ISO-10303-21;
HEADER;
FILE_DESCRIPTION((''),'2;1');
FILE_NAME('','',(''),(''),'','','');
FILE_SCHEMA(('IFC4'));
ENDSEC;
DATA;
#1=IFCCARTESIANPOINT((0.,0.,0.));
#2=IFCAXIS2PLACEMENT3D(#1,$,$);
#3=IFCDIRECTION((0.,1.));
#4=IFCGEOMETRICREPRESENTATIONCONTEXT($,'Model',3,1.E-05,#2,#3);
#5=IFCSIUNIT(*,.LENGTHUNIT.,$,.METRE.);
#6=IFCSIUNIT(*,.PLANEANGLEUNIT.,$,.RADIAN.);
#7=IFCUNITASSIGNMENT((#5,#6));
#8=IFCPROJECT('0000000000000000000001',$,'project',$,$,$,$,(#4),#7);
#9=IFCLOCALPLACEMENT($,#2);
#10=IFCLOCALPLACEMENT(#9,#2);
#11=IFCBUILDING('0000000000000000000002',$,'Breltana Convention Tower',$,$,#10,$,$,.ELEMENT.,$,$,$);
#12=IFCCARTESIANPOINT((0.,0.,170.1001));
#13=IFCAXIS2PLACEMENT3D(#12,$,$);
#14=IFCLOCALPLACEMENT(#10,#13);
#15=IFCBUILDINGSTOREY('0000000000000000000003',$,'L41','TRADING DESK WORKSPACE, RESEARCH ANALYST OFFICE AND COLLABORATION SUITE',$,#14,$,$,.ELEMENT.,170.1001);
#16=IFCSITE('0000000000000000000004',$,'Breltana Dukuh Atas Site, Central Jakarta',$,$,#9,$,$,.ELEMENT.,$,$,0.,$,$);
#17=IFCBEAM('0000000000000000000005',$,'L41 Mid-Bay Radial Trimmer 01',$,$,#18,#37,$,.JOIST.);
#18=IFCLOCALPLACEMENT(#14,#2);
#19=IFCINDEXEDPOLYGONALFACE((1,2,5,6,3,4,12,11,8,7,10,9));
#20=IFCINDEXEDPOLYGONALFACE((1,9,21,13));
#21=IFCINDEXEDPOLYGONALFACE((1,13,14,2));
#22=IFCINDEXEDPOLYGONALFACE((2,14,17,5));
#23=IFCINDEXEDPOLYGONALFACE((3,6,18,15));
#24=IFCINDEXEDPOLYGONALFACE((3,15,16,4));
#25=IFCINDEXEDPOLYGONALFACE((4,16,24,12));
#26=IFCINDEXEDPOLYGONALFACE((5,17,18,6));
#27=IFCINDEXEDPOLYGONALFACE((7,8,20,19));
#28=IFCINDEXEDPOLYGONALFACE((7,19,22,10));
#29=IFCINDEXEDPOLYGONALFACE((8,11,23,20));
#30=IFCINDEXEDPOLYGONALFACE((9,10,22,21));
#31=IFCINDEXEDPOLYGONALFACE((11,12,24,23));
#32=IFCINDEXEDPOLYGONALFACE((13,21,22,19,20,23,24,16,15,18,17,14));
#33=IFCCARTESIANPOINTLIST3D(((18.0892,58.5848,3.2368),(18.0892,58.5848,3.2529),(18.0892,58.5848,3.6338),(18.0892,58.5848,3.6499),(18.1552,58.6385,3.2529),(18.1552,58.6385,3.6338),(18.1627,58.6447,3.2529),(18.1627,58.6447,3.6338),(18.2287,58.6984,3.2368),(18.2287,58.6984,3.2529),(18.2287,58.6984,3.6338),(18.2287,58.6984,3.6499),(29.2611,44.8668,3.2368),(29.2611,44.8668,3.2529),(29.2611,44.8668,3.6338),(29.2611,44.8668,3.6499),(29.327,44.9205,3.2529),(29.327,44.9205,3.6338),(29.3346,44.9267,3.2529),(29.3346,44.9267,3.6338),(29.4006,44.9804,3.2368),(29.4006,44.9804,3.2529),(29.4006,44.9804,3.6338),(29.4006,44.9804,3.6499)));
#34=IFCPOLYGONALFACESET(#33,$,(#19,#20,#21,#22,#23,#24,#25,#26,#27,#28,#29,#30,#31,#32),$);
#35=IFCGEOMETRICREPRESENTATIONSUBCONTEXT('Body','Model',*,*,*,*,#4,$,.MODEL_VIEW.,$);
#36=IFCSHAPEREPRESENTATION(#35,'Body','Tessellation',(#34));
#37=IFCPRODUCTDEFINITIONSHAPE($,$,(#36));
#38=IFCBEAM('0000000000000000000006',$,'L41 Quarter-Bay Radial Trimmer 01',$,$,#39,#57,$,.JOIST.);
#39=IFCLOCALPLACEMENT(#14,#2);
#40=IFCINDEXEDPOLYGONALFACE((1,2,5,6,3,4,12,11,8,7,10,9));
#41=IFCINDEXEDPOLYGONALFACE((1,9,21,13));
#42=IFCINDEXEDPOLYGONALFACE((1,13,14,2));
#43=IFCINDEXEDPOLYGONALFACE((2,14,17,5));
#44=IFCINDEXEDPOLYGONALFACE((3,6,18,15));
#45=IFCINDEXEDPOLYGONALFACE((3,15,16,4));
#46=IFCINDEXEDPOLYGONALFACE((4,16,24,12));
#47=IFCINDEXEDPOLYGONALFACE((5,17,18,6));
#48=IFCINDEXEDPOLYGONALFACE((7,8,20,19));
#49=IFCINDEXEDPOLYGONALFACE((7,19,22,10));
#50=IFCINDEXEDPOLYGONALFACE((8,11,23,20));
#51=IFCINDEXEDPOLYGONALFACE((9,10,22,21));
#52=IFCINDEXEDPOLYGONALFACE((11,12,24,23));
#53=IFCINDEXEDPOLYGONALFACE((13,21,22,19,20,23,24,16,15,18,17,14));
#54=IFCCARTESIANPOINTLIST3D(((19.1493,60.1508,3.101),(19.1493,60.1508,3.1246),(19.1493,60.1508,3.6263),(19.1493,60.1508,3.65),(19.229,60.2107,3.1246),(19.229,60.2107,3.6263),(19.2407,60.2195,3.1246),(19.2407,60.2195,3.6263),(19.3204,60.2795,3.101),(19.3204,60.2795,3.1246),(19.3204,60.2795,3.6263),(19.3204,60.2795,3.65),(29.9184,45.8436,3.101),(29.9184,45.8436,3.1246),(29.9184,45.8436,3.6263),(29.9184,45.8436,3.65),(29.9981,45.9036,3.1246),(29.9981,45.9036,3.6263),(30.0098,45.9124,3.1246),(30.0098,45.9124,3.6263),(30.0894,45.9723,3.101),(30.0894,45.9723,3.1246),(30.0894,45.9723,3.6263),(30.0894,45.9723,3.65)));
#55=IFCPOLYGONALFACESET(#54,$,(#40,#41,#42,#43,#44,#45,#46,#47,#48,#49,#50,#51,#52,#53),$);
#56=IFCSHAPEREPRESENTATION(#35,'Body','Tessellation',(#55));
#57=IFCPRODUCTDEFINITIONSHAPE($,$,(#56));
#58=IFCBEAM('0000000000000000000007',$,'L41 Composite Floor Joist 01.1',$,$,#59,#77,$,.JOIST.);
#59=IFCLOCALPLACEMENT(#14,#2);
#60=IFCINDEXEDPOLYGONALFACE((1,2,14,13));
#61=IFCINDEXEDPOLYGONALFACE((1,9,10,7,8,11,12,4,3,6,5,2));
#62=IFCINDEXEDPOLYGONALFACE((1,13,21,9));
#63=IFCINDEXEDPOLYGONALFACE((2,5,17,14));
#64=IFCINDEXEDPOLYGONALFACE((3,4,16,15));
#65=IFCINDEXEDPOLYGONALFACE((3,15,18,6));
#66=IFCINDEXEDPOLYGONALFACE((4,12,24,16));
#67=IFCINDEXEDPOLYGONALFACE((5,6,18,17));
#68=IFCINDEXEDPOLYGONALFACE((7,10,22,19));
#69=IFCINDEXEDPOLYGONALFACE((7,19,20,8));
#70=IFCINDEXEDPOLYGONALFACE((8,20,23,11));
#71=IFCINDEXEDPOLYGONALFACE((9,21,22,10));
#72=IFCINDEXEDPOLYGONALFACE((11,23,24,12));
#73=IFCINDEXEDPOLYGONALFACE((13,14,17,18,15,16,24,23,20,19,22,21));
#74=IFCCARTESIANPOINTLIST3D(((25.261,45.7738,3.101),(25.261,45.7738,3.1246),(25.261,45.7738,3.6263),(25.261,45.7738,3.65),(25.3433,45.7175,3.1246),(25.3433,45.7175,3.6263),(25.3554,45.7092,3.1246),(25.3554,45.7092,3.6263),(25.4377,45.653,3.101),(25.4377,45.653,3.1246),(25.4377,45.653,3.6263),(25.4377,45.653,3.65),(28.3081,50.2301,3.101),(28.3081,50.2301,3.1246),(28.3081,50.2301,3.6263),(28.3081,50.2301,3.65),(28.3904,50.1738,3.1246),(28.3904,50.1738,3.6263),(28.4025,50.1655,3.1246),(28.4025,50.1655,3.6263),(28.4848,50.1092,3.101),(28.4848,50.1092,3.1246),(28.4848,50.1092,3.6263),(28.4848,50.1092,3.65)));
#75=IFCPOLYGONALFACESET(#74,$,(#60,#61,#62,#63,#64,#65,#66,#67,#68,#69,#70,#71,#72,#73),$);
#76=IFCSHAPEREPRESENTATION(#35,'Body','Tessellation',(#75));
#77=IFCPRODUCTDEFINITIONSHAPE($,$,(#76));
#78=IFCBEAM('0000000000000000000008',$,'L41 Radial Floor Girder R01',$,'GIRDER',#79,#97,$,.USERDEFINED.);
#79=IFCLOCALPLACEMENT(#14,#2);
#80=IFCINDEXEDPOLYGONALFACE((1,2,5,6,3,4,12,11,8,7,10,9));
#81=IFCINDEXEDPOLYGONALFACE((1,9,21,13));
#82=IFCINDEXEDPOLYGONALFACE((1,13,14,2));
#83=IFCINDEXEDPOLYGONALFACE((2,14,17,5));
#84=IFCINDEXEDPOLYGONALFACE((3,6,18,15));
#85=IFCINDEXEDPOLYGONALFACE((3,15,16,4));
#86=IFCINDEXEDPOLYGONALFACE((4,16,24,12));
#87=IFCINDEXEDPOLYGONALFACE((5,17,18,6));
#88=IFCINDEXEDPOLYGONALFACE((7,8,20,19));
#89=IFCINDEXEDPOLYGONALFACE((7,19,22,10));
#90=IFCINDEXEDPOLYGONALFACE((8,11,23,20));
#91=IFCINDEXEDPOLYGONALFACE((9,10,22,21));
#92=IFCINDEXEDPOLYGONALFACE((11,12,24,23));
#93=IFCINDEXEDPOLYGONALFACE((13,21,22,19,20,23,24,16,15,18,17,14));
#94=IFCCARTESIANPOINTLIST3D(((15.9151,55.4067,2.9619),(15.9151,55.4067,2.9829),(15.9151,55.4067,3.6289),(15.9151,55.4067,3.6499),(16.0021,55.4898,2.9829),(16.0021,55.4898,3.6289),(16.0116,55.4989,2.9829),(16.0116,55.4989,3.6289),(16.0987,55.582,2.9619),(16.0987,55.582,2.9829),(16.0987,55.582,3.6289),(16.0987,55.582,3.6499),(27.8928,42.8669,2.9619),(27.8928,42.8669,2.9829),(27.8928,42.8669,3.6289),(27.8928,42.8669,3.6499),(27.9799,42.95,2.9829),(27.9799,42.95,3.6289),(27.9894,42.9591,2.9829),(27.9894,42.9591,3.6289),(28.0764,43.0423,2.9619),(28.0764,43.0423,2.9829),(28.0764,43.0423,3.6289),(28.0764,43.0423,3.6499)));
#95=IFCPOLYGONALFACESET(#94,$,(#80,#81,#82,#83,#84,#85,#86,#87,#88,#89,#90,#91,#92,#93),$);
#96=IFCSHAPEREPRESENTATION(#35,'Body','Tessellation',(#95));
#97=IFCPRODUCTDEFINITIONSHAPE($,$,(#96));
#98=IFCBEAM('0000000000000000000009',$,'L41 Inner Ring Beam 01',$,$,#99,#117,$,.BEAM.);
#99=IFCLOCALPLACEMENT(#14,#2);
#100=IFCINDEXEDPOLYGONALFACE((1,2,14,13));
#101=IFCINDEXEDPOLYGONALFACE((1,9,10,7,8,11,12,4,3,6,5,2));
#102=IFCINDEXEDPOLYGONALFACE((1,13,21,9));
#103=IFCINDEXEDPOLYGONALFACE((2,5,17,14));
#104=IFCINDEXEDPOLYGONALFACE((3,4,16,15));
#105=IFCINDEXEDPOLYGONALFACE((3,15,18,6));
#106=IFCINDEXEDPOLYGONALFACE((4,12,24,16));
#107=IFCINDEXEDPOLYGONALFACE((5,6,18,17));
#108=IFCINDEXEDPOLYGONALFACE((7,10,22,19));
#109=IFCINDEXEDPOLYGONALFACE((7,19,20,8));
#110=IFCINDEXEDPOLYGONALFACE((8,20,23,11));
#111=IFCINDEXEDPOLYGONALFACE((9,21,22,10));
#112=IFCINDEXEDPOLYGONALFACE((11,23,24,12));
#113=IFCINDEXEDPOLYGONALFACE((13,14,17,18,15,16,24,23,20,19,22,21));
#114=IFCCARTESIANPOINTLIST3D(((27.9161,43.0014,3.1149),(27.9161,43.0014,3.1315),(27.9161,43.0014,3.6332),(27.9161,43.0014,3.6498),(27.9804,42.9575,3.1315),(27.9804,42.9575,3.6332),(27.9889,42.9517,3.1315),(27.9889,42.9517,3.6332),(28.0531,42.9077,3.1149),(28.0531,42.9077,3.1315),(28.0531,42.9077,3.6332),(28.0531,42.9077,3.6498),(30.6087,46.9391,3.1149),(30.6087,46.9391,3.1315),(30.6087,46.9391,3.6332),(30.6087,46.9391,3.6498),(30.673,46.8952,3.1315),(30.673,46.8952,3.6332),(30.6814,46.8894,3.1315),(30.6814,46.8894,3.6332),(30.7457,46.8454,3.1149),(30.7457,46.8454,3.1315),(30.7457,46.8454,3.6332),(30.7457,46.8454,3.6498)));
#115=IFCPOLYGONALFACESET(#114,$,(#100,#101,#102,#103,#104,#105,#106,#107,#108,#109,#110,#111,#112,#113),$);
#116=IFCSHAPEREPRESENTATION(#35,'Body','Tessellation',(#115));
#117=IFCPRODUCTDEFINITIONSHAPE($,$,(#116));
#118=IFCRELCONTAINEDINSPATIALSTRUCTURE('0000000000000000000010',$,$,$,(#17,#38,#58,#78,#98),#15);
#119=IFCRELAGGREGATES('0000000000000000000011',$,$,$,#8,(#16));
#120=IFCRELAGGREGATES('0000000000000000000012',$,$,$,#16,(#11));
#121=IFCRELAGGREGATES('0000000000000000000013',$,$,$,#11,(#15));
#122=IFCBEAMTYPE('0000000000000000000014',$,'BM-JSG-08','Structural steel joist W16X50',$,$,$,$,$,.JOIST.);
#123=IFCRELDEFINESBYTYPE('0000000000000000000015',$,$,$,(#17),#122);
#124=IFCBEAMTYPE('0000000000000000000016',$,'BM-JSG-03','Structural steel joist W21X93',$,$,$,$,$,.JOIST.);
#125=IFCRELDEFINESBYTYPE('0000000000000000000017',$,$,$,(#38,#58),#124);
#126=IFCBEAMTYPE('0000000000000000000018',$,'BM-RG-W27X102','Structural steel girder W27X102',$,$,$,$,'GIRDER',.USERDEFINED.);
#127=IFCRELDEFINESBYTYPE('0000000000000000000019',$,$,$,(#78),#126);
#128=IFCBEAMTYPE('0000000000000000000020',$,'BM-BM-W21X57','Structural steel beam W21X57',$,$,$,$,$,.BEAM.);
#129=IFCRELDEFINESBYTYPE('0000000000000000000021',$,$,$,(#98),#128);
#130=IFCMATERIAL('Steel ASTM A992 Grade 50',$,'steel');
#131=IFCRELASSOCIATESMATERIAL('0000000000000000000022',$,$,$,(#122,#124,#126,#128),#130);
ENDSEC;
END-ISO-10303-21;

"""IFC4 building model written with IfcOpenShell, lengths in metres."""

from ifc_helpers import new_model, si_unit, direction, frame, origin, origin_2d, place, context, subcontext, project, spatial, i_section, extrude, source, transform, mapped, material, material_profile, profile_set, type_object, type_shapes, element, save


model = new_model("IFC4")

# Units and contexts
model_context = context("Model", 3, precision=1e-05, world=origin(), true_north=direction((0.0, 1.0)))
body_context = subcontext(model_context, "Body", "Model", "MODEL_VIEW")
ifc_project = project(units=[si_unit("LENGTHUNIT", "METRE"), si_unit("PLANEANGLEUNIT", "RADIAN")], contexts=[model_context])

# Site, building, storey
site_placement = place(None, origin())
site = spatial("IfcSite", under=ifc_project, at=site_placement, Name="Breltana Dukuh Atas Site, Central Jakarta", CompositionType="ELEMENT", RefElevation=0.0)
building_placement = place(site_placement, origin())
building = spatial("IfcBuilding", under=site, at=building_placement, Name="Breltana Convention Tower", CompositionType="ELEMENT")
storey_placement = place(building_placement, frame((0.0, 0.0, 170.1001)))
storey = spatial("IfcBuildingStorey", under=building, at=storey_placement, Name="L41", Description="TRADING DESK WORKSPACE, RESEARCH ANALYST OFFICE AND COLLABORATION SUITE", CompositionType="ELEMENT", Elevation=170.1001)

# Beams
ifc_material_1 = material(Name="Steel ASTM A992 Grade 50", Category="steel")
ifc_material_profile_1 = material_profile(ifc_material_1, i_section(OverallWidth=0.1799, OverallDepth=0.4131, WebThickness=0.0098, FlangeThickness=0.0161, at=origin_2d()), Name="W16X50")
ifc_profile_set_1 = profile_set([ifc_material_profile_1], Name="Steel ASTM A992 Grade 50")
beam_type_1 = type_object("IfcBeamType", Name="BM-JSG-08", Description="Structural steel joist W16X50", PredefinedType="JOIST", material=ifc_profile_set_1)
shared_shape_1 = source(origin(), body_context, "Body", "SweptSolid", [
    extrude(i_section(OverallWidth=0.1799, OverallDepth=0.4131, WebThickness=0.0098, FlangeThickness=0.0161, at=origin_2d()), origin(), (0.0, 0.0, 1.0), 17.6917),
])
type_shapes(beam_type_1, [shared_shape_1])
beam_1_placement = place(storey_placement, frame((29.3308, 44.9236, 3.4434), z_axis=(-0.631477, 0.775395, 0.0), x_axis=(-0.775395, -0.631477, 0.0)))
element("IfcBeam", 1, at=beam_1_placement, inside=storey, type_object=beam_type_1, Name="L41 Mid-Bay Radial Trimmer 01", PredefinedType="JOIST", context=body_context, shape_type="MappedRepresentation", body=[
    mapped(shared_shape_1, transform((0.0, 0.0, 0.0), scale=1.0)),
])
ifc_material_profile_2 = material_profile(ifc_material_1, i_section(OverallWidth=0.2141, OverallDepth=0.5491, WebThickness=0.0146, FlangeThickness=0.0237, at=origin_2d()), Name="W21X93")
ifc_profile_set_2 = profile_set([ifc_material_profile_2], Name="Steel ASTM A992 Grade 50")
beam_type_2 = type_object("IfcBeamType", Name="BM-JSG-03", Description="Structural steel joist W21X93", PredefinedType="JOIST", material=ifc_profile_set_2)
shared_shape_2 = source(origin(), body_context, "Body", "SweptSolid", [
    extrude(i_section(OverallWidth=0.2141, OverallDepth=0.5491, WebThickness=0.0146, FlangeThickness=0.0237, at=origin_2d()), origin(), (0.0, 0.0, 1.0), 17.9072),
])
beam_2_placement = place(storey_placement, frame((30.0039, 45.908, 3.3755), z_axis=(-0.601382, 0.798962, 0.0), x_axis=(-0.798962, -0.601382, 0.0)))
element("IfcBeam", 2, at=beam_2_placement, inside=storey, type_object=beam_type_2, Name="L41 Quarter-Bay Radial Trimmer 01", PredefinedType="JOIST", context=body_context, shape_type="MappedRepresentation", body=[
    mapped(shared_shape_2, transform((0.0, 0.0, 0.0), scale=1.0)),
])
shared_shape_3 = source(origin(), body_context, "Body", "SweptSolid", [
    extrude(i_section(OverallWidth=0.2141, OverallDepth=0.5491, WebThickness=0.0146, FlangeThickness=0.0237, at=origin_2d()), origin(), (0.0, 0.0, 1.0), 5.3984),
])
beam_3_placement = place(storey_placement, frame((25.3494, 45.7134, 3.3755), z_axis=(0.564441, 0.825474, 0.0), x_axis=(-0.825474, 0.564441, 0.0)))
element("IfcBeam", 3, at=beam_3_placement, inside=storey, type_object=beam_type_2, Name="L41 Composite Floor Joist 01.1", PredefinedType="JOIST", context=body_context, shape_type="MappedRepresentation", body=[
    mapped(shared_shape_3, transform((0.0, 0.0, 0.0), scale=1.0)),
])
ifc_material_profile_3 = material_profile(ifc_material_1, i_section(OverallWidth=0.2539, OverallDepth=0.688, WebThickness=0.0132, FlangeThickness=0.021, at=origin_2d()), Name="W27X102")
ifc_profile_set_3 = profile_set([ifc_material_profile_3], Name="Steel ASTM A992 Grade 50")
beam_type_3 = type_object("IfcBeamType", Name="BM-RG-W27X102", Description="Structural steel girder W27X102", ElementType="GIRDER", PredefinedType="USERDEFINED", material=ifc_profile_set_3)
shared_shape_4 = source(origin(), body_context, "Body", "SweptSolid", [
    extrude(i_section(OverallWidth=0.2539, OverallDepth=0.688, WebThickness=0.0132, FlangeThickness=0.021, at=origin_2d()), origin(), (0.0, 0.0, 1.0), 17.3411),
])
type_shapes(beam_type_3, [shared_shape_4])
beam_4_placement = place(storey_placement, frame((27.9846, 42.9546, 3.3059), z_axis=(-0.690716, 0.723126, 0.0), x_axis=(-0.723126, -0.690716, 0.0)))
element("IfcBeam", 4, at=beam_4_placement, inside=storey, type_object=beam_type_3, Name="L41 Radial Floor Girder R01", ObjectType="GIRDER", PredefinedType="USERDEFINED", context=body_context, shape_type="MappedRepresentation", body=[
    mapped(shared_shape_4, transform((0.0, 0.0, 0.0), scale=1.0)),
])
ifc_material_profile_4 = material_profile(ifc_material_1, i_section(OverallWidth=0.166, OverallDepth=0.5349, WebThickness=0.0103, FlangeThickness=0.0166, at=origin_2d()), Name="W21X57")
ifc_profile_set_4 = profile_set([ifc_material_profile_4], Name="Steel ASTM A992 Grade 50")
beam_type_4 = type_object("IfcBeamType", Name="BM-BM-W21X57", Description="Structural steel beam W21X57", PredefinedType="BEAM", material=ifc_profile_set_4)
shared_shape_5 = source(origin(), body_context, "Body", "SweptSolid", [
    extrude(i_section(OverallWidth=0.166, OverallDepth=0.5349, WebThickness=0.0103, FlangeThickness=0.0166, at=origin_2d()), origin(), (0.0, 0.0, 1.0), 4.7703),
])
beam_5_placement = place(storey_placement, frame((27.9846, 42.9546, 3.3823), z_axis=(0.564453, 0.825465, 0.0), x_axis=(-0.825465, 0.564453, 0.0)))
element("IfcBeam", 5, at=beam_5_placement, inside=storey, type_object=beam_type_4, Name="L41 Inner Ring Beam 01", PredefinedType="BEAM", context=body_context, shape_type="MappedRepresentation", body=[
    mapped(shared_shape_5, transform((0.0, 0.0, 0.0), scale=1.0)),
])

save(model, "model.ifc")
